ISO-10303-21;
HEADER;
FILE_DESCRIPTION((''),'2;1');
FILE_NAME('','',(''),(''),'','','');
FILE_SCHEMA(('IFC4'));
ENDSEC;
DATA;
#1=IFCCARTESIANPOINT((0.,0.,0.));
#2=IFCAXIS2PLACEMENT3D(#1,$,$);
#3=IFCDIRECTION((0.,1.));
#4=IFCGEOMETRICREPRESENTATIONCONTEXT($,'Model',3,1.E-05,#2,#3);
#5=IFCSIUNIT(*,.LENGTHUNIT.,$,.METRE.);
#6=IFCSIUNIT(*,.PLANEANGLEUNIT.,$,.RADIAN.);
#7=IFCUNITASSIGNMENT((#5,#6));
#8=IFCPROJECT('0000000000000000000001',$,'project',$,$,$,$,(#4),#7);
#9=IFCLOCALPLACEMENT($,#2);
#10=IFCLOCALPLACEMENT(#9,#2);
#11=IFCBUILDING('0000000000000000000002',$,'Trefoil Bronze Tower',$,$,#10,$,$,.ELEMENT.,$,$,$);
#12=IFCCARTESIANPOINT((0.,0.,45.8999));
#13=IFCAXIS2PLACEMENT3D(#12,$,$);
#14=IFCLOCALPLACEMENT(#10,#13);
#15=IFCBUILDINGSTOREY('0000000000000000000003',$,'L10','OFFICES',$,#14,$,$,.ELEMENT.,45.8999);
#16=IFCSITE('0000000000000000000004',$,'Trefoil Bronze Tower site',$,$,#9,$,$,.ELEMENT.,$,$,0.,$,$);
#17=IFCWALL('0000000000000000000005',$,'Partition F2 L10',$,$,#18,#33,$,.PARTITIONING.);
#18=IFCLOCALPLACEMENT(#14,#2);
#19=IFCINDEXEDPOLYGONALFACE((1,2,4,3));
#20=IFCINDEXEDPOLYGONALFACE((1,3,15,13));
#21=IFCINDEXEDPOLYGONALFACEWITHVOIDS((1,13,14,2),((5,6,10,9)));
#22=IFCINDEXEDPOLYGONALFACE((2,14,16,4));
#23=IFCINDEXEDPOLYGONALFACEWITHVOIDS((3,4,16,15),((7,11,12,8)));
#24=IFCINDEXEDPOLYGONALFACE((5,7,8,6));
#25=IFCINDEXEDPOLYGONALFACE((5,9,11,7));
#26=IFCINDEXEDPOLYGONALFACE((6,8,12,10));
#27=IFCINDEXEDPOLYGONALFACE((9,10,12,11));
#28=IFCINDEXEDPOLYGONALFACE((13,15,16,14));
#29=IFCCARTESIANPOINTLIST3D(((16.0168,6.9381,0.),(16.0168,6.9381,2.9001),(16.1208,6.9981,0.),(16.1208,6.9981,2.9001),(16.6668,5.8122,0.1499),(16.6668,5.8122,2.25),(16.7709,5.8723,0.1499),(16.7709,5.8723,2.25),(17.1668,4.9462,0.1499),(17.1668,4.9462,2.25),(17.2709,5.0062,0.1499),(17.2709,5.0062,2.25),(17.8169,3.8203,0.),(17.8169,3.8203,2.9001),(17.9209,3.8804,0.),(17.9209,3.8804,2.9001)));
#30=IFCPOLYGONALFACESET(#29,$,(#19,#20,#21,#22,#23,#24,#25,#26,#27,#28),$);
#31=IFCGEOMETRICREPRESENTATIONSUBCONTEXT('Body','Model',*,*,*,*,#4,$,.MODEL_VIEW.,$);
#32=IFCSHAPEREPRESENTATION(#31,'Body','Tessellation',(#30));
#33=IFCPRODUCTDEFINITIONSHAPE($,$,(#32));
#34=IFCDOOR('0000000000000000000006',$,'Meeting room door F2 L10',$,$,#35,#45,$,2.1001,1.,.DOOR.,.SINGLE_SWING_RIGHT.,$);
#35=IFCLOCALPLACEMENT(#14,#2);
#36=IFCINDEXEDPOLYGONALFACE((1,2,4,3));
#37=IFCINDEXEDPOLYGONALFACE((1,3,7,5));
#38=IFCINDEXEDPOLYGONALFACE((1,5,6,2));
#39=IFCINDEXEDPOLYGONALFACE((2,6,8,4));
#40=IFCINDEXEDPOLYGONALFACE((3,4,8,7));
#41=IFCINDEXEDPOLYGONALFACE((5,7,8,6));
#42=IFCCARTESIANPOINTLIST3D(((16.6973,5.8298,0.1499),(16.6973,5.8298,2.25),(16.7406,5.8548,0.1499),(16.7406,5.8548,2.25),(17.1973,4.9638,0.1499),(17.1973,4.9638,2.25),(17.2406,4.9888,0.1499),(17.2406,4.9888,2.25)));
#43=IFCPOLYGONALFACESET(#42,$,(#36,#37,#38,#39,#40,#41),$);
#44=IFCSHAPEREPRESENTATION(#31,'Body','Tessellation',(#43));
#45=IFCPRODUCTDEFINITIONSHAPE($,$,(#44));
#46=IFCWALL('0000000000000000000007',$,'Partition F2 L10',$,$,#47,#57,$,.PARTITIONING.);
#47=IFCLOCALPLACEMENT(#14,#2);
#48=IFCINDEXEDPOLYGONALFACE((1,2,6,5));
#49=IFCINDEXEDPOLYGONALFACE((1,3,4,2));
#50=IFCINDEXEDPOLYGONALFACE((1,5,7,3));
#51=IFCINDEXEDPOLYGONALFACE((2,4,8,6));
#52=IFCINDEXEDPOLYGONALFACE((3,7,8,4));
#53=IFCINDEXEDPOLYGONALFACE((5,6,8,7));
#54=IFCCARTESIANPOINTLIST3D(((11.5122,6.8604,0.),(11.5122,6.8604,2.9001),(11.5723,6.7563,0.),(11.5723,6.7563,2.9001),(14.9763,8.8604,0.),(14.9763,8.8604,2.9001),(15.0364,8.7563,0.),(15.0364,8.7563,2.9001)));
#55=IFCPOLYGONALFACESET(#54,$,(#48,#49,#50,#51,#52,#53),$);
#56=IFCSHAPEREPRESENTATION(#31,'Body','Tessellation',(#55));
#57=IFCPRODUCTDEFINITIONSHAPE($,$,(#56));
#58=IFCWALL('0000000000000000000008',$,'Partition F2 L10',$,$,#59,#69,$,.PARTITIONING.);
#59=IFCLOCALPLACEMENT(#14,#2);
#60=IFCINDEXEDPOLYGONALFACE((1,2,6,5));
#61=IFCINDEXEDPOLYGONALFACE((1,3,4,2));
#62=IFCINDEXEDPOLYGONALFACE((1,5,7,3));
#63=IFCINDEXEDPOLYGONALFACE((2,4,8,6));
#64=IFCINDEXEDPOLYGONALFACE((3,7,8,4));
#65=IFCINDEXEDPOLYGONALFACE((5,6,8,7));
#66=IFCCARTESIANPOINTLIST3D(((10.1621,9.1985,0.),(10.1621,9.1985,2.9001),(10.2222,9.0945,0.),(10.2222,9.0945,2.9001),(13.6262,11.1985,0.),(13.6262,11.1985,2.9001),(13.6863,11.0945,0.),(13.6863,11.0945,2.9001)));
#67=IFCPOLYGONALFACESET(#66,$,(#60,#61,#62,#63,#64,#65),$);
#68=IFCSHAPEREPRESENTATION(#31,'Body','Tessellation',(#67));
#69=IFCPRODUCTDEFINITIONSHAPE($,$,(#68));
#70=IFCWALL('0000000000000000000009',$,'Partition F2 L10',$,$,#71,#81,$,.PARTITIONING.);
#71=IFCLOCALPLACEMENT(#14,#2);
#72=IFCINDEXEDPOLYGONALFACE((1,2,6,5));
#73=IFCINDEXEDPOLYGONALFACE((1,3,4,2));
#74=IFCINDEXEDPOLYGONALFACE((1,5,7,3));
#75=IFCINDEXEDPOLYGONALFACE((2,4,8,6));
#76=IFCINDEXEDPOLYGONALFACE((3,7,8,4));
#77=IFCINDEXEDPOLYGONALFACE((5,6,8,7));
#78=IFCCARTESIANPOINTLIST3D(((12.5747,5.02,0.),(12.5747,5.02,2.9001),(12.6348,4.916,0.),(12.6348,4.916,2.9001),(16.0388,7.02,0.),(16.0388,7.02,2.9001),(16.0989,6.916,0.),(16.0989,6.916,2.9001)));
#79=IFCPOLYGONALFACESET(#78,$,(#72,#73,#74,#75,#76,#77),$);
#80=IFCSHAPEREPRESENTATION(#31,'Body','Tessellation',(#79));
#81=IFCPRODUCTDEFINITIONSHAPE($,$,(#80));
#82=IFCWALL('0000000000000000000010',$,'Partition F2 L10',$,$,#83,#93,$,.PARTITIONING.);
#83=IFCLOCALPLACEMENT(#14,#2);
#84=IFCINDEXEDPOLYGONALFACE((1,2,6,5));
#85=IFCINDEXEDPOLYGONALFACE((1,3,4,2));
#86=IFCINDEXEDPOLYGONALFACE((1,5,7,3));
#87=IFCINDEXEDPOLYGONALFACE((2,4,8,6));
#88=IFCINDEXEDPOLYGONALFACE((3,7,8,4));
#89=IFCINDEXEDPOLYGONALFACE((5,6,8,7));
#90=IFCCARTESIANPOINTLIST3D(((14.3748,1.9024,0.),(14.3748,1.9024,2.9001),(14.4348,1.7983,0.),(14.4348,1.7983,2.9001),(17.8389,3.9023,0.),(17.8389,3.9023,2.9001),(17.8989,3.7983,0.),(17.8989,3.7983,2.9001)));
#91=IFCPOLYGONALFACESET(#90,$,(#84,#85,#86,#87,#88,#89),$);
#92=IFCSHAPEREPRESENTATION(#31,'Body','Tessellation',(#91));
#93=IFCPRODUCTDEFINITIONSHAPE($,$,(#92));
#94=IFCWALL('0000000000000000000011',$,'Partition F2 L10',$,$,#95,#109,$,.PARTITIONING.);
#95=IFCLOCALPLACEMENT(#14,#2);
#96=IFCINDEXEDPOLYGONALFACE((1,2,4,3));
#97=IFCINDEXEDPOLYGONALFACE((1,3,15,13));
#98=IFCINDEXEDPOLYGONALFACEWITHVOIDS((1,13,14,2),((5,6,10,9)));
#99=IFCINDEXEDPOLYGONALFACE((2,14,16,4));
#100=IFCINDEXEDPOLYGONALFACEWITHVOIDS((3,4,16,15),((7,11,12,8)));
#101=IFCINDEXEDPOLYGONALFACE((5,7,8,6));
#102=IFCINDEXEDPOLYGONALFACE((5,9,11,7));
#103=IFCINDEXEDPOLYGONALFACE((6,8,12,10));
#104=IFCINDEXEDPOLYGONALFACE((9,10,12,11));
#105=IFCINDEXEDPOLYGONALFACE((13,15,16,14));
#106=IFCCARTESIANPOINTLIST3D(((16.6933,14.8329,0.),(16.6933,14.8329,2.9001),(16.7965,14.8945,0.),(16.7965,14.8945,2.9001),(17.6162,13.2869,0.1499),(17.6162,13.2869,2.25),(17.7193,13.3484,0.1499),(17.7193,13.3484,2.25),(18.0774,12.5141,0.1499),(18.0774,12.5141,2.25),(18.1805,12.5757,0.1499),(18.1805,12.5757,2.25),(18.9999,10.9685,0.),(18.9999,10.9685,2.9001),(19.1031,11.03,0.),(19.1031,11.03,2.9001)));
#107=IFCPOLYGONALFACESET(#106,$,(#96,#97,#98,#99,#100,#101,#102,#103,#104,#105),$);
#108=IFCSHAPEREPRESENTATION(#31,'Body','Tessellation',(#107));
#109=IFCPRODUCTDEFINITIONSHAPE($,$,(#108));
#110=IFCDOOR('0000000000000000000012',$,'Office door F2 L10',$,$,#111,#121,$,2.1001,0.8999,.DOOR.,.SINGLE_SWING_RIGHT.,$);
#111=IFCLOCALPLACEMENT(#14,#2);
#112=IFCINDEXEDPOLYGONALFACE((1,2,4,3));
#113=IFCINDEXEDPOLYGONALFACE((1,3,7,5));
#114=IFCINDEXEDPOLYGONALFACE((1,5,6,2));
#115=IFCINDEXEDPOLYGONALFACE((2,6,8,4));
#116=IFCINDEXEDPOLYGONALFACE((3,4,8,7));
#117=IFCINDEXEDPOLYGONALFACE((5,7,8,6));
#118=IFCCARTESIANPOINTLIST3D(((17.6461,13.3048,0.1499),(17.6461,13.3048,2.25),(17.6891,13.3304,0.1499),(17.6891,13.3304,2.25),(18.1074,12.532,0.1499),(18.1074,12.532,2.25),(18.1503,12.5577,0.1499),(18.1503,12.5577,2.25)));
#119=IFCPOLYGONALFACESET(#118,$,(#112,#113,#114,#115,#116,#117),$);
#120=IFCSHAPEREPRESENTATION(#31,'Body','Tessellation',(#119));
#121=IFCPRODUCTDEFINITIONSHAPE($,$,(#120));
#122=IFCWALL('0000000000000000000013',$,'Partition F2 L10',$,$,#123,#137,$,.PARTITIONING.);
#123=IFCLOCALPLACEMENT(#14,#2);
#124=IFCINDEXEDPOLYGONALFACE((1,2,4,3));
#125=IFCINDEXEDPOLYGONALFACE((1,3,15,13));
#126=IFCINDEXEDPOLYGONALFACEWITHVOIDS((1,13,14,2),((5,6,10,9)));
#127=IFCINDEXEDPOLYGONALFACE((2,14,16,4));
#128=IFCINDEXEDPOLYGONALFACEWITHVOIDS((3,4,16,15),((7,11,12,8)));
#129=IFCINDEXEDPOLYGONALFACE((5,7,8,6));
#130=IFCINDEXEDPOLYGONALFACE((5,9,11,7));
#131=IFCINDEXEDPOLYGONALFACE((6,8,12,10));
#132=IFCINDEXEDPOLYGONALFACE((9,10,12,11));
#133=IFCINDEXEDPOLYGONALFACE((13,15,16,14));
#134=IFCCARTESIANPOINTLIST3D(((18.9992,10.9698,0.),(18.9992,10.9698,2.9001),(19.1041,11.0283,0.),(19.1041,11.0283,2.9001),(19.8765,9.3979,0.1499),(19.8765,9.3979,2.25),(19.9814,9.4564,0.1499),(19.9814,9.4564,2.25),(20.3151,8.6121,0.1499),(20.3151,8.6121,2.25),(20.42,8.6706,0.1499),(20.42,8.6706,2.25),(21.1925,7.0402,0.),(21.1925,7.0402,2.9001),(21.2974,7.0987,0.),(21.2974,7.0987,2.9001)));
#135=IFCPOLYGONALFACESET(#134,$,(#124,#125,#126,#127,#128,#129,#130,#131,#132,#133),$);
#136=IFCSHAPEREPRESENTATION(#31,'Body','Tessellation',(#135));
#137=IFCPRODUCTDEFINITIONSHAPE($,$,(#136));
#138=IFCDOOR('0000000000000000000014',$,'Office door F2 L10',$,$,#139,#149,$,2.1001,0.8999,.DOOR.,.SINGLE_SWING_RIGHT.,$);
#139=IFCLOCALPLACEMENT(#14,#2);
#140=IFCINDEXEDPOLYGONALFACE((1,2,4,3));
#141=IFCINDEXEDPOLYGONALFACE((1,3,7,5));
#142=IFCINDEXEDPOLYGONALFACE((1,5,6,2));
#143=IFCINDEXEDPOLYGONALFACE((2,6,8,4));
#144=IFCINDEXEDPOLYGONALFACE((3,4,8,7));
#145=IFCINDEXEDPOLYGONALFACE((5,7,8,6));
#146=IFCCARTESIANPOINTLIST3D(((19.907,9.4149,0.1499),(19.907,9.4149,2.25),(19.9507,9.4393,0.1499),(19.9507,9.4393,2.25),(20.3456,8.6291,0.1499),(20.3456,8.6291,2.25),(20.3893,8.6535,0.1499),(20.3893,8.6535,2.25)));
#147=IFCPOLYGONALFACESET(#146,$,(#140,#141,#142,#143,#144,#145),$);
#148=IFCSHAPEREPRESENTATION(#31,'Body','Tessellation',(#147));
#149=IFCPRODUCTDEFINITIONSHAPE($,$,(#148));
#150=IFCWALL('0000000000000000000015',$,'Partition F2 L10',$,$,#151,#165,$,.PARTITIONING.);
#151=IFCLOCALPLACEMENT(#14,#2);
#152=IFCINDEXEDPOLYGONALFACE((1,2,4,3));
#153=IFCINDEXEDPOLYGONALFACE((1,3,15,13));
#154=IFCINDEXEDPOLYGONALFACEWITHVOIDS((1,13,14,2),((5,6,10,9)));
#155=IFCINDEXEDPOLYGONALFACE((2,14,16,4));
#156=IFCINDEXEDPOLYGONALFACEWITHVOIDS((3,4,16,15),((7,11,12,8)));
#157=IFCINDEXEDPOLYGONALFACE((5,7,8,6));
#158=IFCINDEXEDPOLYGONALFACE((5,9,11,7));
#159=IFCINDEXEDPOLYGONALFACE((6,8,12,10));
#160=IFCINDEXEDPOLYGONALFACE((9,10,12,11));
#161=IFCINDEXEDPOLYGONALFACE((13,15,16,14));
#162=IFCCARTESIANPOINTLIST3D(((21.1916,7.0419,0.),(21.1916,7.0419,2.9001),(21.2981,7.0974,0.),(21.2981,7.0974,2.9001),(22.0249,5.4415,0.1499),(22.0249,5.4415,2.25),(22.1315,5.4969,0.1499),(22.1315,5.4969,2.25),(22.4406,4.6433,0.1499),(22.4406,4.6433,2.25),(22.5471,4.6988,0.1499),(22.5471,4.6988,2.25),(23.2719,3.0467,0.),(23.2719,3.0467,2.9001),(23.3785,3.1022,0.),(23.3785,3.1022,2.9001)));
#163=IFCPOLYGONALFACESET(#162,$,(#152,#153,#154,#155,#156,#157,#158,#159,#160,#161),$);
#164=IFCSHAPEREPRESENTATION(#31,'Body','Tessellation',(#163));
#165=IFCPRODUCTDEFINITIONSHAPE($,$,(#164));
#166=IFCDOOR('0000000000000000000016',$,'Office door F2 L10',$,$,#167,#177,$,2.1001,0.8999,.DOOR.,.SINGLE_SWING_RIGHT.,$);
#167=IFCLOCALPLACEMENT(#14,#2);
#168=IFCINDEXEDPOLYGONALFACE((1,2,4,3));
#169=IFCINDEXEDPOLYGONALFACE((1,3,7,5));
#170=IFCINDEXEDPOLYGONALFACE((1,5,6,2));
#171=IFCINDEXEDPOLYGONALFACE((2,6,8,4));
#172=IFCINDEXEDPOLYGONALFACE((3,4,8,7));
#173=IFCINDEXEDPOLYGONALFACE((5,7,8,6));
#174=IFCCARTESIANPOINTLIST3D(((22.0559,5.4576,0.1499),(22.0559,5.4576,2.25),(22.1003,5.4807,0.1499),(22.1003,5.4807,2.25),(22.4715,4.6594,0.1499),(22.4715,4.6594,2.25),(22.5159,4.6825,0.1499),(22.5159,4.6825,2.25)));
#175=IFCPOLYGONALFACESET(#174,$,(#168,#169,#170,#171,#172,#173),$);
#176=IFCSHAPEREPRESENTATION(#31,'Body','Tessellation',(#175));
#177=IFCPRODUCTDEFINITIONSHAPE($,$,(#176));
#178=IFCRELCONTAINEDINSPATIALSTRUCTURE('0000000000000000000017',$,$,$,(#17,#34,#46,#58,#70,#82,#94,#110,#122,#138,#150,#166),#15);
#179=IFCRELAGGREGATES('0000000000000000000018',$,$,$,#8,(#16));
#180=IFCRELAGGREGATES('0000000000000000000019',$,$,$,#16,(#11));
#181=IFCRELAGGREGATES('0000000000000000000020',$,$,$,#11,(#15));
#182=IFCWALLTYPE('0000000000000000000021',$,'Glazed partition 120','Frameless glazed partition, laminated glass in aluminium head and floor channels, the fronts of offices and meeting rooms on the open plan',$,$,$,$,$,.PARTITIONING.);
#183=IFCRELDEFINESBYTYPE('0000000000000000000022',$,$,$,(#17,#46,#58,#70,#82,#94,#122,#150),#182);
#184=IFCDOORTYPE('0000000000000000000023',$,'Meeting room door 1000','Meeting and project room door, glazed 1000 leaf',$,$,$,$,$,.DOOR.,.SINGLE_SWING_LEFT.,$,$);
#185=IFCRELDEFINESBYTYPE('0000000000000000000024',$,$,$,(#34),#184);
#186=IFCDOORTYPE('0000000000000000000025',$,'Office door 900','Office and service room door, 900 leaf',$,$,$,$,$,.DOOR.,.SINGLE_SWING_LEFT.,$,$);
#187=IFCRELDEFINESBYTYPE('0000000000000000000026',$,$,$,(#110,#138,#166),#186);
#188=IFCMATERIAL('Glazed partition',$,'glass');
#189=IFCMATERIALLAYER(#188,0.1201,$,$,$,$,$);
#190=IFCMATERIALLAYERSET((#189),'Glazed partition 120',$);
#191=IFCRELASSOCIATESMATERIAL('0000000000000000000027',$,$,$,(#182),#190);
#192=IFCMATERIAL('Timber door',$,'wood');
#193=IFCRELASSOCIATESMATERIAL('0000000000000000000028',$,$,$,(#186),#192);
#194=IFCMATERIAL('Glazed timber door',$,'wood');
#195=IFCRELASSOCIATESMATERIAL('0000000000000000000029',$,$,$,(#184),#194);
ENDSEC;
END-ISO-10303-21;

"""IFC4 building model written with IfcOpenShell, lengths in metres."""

from ifc_helpers import new_model, si_unit, direction, frame, frame_2d, origin, place, context, subcontext, project, spatial, rectangle, extrude, material, layer, layer_set, type_object, element, fill, save


model = new_model("IFC4")

# Units and contexts
model_context = context("Model", 3, precision=1e-05, world=origin(), true_north=direction((0.0, 1.0)))
body_context = subcontext(model_context, "Body", "Model", "MODEL_VIEW")
ifc_project = project(units=[si_unit("LENGTHUNIT", "METRE"), si_unit("PLANEANGLEUNIT", "RADIAN")], contexts=[model_context])

# Site, building, storey
site_placement = place(None, origin())
site = spatial("IfcSite", under=ifc_project, at=site_placement, Name="Trefoil Bronze Tower site", CompositionType="ELEMENT", RefElevation=0.0)
building_placement = place(site_placement, origin())
building = spatial("IfcBuilding", under=site, at=building_placement, Name="Trefoil Bronze Tower", CompositionType="ELEMENT")
storey_placement = place(building_placement, frame((0.0, 0.0, 45.8999)))
storey = spatial("IfcBuildingStorey", under=building, at=storey_placement, Name="L10", Description="OFFICES", CompositionType="ELEMENT", Elevation=45.8999)

# Wall, opening, door
ifc_material_1 = material(Name="Glazed partition", Category="glass")
ifc_layer_1 = layer(ifc_material_1, 0.1201)
ifc_layer_set_1 = layer_set([ifc_layer_1], Name="Glazed partition 120")
wall_type_1 = type_object("IfcWallType", Name="Glazed partition 120", Description="Frameless glazed partition, laminated glass in aluminium head and floor channels, the fronts of offices and meeting rooms on the open plan", PredefinedType="PARTITIONING", material=ifc_layer_set_1)
ifc_material_2 = material(Name="Timber door", Category="wood")
door_type_1 = type_object("IfcDoorType", Name="Office door 900", Description="Office and service room door, 900 leaf", OperationType="SINGLE_SWING_LEFT", PredefinedType="DOOR", material=ifc_material_2)
wall_1_placement = place(storey_placement, frame((17.8689, 3.8503, 0.0), z_axis=(0.0, 0.0, 1.0), x_axis=(-0.500012, 0.866018, 0.0)))
wall_1 = element("IfcWall", 1, at=wall_1_placement, inside=storey, type_object=wall_type_1, Name="Partition F2 L10", PredefinedType="PARTITIONING", context=body_context, shape_type="SweptSolid", body=[
    extrude(rectangle(XDim=3.6001, YDim=0.1201, at=frame_2d((1.8, 0.0))), origin(), (0.0, 0.0, 1.0), 2.9001),
])
opening_1_placement = place(wall_1_placement, frame((1.3, 0.0, 0.1499)))
opening_1 = element("IfcOpeningElement", 2, at=opening_1_placement, cuts=wall_1, PredefinedType="OPENING", context=body_context, shape_type="SweptSolid", body=[
    extrude(rectangle(XDim=1.0, YDim=2.1001, at=frame_2d((0.5, 1.05))), frame((0.0, 0.0701, 0.0), z_axis=(0.0, -1.0, 0.0), x_axis=(1.0, 0.0, 0.0)), (0.0, 0.0, 1.0), 0.1401),
])
ifc_material_3 = material(Name="Glazed timber door", Category="wood")
door_type_2 = type_object("IfcDoorType", Name="Meeting room door 1000", Description="Meeting and project room door, glazed 1000 leaf", OperationType="SINGLE_SWING_LEFT", PredefinedType="DOOR", material=ifc_material_3)
door_1_placement = place(opening_1_placement, origin())
door_1 = element("IfcDoor", 3, at=door_1_placement, inside=storey, type_object=door_type_2, Name="Meeting room door F2 L10", OperationType="SINGLE_SWING_RIGHT", OverallHeight=2.1001, OverallWidth=1.0, PredefinedType="DOOR", context=body_context, shape_type="SweptSolid", body=[
    extrude(rectangle(XDim=1.0, YDim=2.1001, at=frame_2d((0.5, 1.05))), frame((0.0, 0.0249, 0.0), z_axis=(0.0, -1.0, 0.0), x_axis=(1.0, 0.0, 0.0)), (0.0, 0.0, 1.0), 0.05),
])
fill(opening_1, door_1)

# Walls
for number, where, z_axis, x_axis, name in (
    (4, (11.5422, 6.8083, 0.0), (0.0, 0.0, 1.0), (0.866026, 0.499999, 0.0), "Partition F2 L10"),
    (5, (10.1921, 9.1465, 0.0), (0.0, 0.0, 1.0), (0.866026, 0.499999, 0.0), "Partition F2 L10"),
    (6, (12.6047, 4.968, 0.0), (0.0, 0.0, 1.0), (0.866026, 0.499999, 0.0), "Partition F2 L10"),
    (7, (14.4048, 1.8503, 0.0), (0.0, 0.0, 1.0), (0.866026, 0.499999, 0.0), "Partition F2 L10"),
):
    element("IfcWall", number, at=place(storey_placement, frame(where, z_axis=z_axis, x_axis=x_axis)), inside=storey, type_object=wall_type_1, Name=name, PredefinedType="PARTITIONING", context=body_context, shape_type="SweptSolid", body=[
        extrude(rectangle(XDim=4.0, YDim=0.1201, at=frame_2d((2.0, 0.0))), origin(), (0.0, 0.0, 1.0), 2.9001),
    ])

# Walls, openings, doors
wall_2_placement = place(storey_placement, frame((19.0515, 10.9993, 0.0), z_axis=(0.0, 0.0, 1.0), x_axis=(-0.512524, 0.858673, 0.0)))
wall_2 = element("IfcWall", 8, at=wall_2_placement, inside=storey, type_object=wall_type_1, Name="Partition F2 L10", PredefinedType="PARTITIONING", context=body_context, shape_type="SweptSolid", body=[
    extrude(rectangle(XDim=4.5005, YDim=0.1201, at=frame_2d((2.2502, 0.0))), origin(), (0.0, 0.0, 1.0), 2.9001),
])
opening_2_placement = place(wall_2_placement, frame((1.8, 0.0, 0.1499)))
opening_2 = element("IfcOpeningElement", 9, at=opening_2_placement, cuts=wall_2, PredefinedType="OPENING", context=body_context, shape_type="SweptSolid", body=[
    extrude(rectangle(XDim=0.8999, YDim=2.1001, at=frame_2d((0.45, 1.05))), frame((0.0, 0.0701, 0.0), z_axis=(0.0, -1.0, 0.0), x_axis=(1.0, 0.0, 0.0)), (0.0, 0.0, 1.0), 0.1401),
])
door_2_placement = place(opening_2_placement, frame((0.8999, 0.0, 0.0), z_axis=(0.0, 0.0, 1.0), x_axis=(-1.0, 0.0, 0.0)))
door_2 = element("IfcDoor", 10, at=door_2_placement, inside=storey, type_object=door_type_1, Name="Office door F2 L10", OperationType="SINGLE_SWING_RIGHT", OverallHeight=2.1001, OverallWidth=0.8999, PredefinedType="DOOR", context=body_context, shape_type="SweptSolid", body=[
    extrude(rectangle(XDim=0.8999, YDim=2.1001, at=frame_2d((0.45, 1.05))), frame((0.0, 0.0249, 0.0), z_axis=(0.0, -1.0, 0.0), x_axis=(1.0, 0.0, 0.0)), (0.0, 0.0, 1.0), 0.05),
])
fill(opening_2, door_2)
wall_3_placement = place(storey_placement, frame((21.2449, 7.0696, 0.0), z_axis=(0.0, 0.0, 1.0), x_axis=(-0.487374, 0.873193, 0.0)))
wall_3 = element("IfcWall", 11, at=wall_3_placement, inside=storey, type_object=wall_type_1, Name="Partition F2 L10", PredefinedType="PARTITIONING", context=body_context, shape_type="SweptSolid", body=[
    extrude(rectangle(XDim=4.5002, YDim=0.1201, at=frame_2d((2.25, 0.0))), origin(), (0.0, 0.0, 1.0), 2.9001),
])
opening_3_placement = place(wall_3_placement, frame((1.8, 0.0, 0.1499)))
opening_3 = element("IfcOpeningElement", 12, at=opening_3_placement, cuts=wall_3, PredefinedType="OPENING", context=body_context, shape_type="SweptSolid", body=[
    extrude(rectangle(XDim=0.8999, YDim=2.1001, at=frame_2d((0.45, 1.05))), frame((0.0, 0.0701, 0.0), z_axis=(0.0, -1.0, 0.0), x_axis=(1.0, 0.0, 0.0)), (0.0, 0.0, 1.0), 0.1401),
])
door_3_placement = place(opening_3_placement, frame((0.8999, 0.0, 0.0), z_axis=(0.0, 0.0, 1.0), x_axis=(-1.0, 0.0, 0.0)))
door_3 = element("IfcDoor", 13, at=door_3_placement, inside=storey, type_object=door_type_1, Name="Office door F2 L10", OperationType="SINGLE_SWING_RIGHT", OverallHeight=2.1001, OverallWidth=0.8999, PredefinedType="DOOR", context=body_context, shape_type="SweptSolid", body=[
    extrude(rectangle(XDim=0.8999, YDim=2.1001, at=frame_2d((0.45, 1.05))), frame((0.0, 0.0249, 0.0), z_axis=(0.0, -1.0, 0.0), x_axis=(1.0, 0.0, 0.0)), (0.0, 0.0, 1.0), 0.05),
])
fill(opening_3, door_3)
wall_4_placement = place(storey_placement, frame((23.3252, 3.0745, 0.0), z_axis=(0.0, 0.0, 1.0), x_axis=(-0.461853, 0.886957, 0.0)))
wall_4 = element("IfcWall", 14, at=wall_4_placement, inside=storey, type_object=wall_type_1, Name="Partition F2 L10", PredefinedType="PARTITIONING", context=body_context, shape_type="SweptSolid", body=[
    extrude(rectangle(XDim=4.5044, YDim=0.1201, at=frame_2d((2.2522, 0.0))), origin(), (0.0, 0.0, 1.0), 2.9001),
])
opening_4_placement = place(wall_4_placement, frame((1.8, 0.0, 0.1499)))
opening_4 = element("IfcOpeningElement", 15, at=opening_4_placement, cuts=wall_4, PredefinedType="OPENING", context=body_context, shape_type="SweptSolid", body=[
    extrude(rectangle(XDim=0.8999, YDim=2.1001, at=frame_2d((0.45, 1.05))), frame((0.0, 0.0701, 0.0), z_axis=(0.0, -1.0, 0.0), x_axis=(1.0, 0.0, 0.0)), (0.0, 0.0, 1.0), 0.1401),
])
door_4_placement = place(opening_4_placement, frame((0.8999, 0.0, 0.0), z_axis=(0.0, 0.0, 1.0), x_axis=(-1.0, 0.0, 0.0)))
door_4 = element("IfcDoor", 16, at=door_4_placement, inside=storey, type_object=door_type_1, Name="Office door F2 L10", OperationType="SINGLE_SWING_RIGHT", OverallHeight=2.1001, OverallWidth=0.8999, PredefinedType="DOOR", context=body_context, shape_type="SweptSolid", body=[
    extrude(rectangle(XDim=0.8999, YDim=2.1001, at=frame_2d((0.45, 1.05))), frame((0.0, 0.0249, 0.0), z_axis=(0.0, -1.0, 0.0), x_axis=(1.0, 0.0, 0.0)), (0.0, 0.0, 1.0), 0.05),
])
fill(opening_4, door_4)

save(model, "model.ifc")
